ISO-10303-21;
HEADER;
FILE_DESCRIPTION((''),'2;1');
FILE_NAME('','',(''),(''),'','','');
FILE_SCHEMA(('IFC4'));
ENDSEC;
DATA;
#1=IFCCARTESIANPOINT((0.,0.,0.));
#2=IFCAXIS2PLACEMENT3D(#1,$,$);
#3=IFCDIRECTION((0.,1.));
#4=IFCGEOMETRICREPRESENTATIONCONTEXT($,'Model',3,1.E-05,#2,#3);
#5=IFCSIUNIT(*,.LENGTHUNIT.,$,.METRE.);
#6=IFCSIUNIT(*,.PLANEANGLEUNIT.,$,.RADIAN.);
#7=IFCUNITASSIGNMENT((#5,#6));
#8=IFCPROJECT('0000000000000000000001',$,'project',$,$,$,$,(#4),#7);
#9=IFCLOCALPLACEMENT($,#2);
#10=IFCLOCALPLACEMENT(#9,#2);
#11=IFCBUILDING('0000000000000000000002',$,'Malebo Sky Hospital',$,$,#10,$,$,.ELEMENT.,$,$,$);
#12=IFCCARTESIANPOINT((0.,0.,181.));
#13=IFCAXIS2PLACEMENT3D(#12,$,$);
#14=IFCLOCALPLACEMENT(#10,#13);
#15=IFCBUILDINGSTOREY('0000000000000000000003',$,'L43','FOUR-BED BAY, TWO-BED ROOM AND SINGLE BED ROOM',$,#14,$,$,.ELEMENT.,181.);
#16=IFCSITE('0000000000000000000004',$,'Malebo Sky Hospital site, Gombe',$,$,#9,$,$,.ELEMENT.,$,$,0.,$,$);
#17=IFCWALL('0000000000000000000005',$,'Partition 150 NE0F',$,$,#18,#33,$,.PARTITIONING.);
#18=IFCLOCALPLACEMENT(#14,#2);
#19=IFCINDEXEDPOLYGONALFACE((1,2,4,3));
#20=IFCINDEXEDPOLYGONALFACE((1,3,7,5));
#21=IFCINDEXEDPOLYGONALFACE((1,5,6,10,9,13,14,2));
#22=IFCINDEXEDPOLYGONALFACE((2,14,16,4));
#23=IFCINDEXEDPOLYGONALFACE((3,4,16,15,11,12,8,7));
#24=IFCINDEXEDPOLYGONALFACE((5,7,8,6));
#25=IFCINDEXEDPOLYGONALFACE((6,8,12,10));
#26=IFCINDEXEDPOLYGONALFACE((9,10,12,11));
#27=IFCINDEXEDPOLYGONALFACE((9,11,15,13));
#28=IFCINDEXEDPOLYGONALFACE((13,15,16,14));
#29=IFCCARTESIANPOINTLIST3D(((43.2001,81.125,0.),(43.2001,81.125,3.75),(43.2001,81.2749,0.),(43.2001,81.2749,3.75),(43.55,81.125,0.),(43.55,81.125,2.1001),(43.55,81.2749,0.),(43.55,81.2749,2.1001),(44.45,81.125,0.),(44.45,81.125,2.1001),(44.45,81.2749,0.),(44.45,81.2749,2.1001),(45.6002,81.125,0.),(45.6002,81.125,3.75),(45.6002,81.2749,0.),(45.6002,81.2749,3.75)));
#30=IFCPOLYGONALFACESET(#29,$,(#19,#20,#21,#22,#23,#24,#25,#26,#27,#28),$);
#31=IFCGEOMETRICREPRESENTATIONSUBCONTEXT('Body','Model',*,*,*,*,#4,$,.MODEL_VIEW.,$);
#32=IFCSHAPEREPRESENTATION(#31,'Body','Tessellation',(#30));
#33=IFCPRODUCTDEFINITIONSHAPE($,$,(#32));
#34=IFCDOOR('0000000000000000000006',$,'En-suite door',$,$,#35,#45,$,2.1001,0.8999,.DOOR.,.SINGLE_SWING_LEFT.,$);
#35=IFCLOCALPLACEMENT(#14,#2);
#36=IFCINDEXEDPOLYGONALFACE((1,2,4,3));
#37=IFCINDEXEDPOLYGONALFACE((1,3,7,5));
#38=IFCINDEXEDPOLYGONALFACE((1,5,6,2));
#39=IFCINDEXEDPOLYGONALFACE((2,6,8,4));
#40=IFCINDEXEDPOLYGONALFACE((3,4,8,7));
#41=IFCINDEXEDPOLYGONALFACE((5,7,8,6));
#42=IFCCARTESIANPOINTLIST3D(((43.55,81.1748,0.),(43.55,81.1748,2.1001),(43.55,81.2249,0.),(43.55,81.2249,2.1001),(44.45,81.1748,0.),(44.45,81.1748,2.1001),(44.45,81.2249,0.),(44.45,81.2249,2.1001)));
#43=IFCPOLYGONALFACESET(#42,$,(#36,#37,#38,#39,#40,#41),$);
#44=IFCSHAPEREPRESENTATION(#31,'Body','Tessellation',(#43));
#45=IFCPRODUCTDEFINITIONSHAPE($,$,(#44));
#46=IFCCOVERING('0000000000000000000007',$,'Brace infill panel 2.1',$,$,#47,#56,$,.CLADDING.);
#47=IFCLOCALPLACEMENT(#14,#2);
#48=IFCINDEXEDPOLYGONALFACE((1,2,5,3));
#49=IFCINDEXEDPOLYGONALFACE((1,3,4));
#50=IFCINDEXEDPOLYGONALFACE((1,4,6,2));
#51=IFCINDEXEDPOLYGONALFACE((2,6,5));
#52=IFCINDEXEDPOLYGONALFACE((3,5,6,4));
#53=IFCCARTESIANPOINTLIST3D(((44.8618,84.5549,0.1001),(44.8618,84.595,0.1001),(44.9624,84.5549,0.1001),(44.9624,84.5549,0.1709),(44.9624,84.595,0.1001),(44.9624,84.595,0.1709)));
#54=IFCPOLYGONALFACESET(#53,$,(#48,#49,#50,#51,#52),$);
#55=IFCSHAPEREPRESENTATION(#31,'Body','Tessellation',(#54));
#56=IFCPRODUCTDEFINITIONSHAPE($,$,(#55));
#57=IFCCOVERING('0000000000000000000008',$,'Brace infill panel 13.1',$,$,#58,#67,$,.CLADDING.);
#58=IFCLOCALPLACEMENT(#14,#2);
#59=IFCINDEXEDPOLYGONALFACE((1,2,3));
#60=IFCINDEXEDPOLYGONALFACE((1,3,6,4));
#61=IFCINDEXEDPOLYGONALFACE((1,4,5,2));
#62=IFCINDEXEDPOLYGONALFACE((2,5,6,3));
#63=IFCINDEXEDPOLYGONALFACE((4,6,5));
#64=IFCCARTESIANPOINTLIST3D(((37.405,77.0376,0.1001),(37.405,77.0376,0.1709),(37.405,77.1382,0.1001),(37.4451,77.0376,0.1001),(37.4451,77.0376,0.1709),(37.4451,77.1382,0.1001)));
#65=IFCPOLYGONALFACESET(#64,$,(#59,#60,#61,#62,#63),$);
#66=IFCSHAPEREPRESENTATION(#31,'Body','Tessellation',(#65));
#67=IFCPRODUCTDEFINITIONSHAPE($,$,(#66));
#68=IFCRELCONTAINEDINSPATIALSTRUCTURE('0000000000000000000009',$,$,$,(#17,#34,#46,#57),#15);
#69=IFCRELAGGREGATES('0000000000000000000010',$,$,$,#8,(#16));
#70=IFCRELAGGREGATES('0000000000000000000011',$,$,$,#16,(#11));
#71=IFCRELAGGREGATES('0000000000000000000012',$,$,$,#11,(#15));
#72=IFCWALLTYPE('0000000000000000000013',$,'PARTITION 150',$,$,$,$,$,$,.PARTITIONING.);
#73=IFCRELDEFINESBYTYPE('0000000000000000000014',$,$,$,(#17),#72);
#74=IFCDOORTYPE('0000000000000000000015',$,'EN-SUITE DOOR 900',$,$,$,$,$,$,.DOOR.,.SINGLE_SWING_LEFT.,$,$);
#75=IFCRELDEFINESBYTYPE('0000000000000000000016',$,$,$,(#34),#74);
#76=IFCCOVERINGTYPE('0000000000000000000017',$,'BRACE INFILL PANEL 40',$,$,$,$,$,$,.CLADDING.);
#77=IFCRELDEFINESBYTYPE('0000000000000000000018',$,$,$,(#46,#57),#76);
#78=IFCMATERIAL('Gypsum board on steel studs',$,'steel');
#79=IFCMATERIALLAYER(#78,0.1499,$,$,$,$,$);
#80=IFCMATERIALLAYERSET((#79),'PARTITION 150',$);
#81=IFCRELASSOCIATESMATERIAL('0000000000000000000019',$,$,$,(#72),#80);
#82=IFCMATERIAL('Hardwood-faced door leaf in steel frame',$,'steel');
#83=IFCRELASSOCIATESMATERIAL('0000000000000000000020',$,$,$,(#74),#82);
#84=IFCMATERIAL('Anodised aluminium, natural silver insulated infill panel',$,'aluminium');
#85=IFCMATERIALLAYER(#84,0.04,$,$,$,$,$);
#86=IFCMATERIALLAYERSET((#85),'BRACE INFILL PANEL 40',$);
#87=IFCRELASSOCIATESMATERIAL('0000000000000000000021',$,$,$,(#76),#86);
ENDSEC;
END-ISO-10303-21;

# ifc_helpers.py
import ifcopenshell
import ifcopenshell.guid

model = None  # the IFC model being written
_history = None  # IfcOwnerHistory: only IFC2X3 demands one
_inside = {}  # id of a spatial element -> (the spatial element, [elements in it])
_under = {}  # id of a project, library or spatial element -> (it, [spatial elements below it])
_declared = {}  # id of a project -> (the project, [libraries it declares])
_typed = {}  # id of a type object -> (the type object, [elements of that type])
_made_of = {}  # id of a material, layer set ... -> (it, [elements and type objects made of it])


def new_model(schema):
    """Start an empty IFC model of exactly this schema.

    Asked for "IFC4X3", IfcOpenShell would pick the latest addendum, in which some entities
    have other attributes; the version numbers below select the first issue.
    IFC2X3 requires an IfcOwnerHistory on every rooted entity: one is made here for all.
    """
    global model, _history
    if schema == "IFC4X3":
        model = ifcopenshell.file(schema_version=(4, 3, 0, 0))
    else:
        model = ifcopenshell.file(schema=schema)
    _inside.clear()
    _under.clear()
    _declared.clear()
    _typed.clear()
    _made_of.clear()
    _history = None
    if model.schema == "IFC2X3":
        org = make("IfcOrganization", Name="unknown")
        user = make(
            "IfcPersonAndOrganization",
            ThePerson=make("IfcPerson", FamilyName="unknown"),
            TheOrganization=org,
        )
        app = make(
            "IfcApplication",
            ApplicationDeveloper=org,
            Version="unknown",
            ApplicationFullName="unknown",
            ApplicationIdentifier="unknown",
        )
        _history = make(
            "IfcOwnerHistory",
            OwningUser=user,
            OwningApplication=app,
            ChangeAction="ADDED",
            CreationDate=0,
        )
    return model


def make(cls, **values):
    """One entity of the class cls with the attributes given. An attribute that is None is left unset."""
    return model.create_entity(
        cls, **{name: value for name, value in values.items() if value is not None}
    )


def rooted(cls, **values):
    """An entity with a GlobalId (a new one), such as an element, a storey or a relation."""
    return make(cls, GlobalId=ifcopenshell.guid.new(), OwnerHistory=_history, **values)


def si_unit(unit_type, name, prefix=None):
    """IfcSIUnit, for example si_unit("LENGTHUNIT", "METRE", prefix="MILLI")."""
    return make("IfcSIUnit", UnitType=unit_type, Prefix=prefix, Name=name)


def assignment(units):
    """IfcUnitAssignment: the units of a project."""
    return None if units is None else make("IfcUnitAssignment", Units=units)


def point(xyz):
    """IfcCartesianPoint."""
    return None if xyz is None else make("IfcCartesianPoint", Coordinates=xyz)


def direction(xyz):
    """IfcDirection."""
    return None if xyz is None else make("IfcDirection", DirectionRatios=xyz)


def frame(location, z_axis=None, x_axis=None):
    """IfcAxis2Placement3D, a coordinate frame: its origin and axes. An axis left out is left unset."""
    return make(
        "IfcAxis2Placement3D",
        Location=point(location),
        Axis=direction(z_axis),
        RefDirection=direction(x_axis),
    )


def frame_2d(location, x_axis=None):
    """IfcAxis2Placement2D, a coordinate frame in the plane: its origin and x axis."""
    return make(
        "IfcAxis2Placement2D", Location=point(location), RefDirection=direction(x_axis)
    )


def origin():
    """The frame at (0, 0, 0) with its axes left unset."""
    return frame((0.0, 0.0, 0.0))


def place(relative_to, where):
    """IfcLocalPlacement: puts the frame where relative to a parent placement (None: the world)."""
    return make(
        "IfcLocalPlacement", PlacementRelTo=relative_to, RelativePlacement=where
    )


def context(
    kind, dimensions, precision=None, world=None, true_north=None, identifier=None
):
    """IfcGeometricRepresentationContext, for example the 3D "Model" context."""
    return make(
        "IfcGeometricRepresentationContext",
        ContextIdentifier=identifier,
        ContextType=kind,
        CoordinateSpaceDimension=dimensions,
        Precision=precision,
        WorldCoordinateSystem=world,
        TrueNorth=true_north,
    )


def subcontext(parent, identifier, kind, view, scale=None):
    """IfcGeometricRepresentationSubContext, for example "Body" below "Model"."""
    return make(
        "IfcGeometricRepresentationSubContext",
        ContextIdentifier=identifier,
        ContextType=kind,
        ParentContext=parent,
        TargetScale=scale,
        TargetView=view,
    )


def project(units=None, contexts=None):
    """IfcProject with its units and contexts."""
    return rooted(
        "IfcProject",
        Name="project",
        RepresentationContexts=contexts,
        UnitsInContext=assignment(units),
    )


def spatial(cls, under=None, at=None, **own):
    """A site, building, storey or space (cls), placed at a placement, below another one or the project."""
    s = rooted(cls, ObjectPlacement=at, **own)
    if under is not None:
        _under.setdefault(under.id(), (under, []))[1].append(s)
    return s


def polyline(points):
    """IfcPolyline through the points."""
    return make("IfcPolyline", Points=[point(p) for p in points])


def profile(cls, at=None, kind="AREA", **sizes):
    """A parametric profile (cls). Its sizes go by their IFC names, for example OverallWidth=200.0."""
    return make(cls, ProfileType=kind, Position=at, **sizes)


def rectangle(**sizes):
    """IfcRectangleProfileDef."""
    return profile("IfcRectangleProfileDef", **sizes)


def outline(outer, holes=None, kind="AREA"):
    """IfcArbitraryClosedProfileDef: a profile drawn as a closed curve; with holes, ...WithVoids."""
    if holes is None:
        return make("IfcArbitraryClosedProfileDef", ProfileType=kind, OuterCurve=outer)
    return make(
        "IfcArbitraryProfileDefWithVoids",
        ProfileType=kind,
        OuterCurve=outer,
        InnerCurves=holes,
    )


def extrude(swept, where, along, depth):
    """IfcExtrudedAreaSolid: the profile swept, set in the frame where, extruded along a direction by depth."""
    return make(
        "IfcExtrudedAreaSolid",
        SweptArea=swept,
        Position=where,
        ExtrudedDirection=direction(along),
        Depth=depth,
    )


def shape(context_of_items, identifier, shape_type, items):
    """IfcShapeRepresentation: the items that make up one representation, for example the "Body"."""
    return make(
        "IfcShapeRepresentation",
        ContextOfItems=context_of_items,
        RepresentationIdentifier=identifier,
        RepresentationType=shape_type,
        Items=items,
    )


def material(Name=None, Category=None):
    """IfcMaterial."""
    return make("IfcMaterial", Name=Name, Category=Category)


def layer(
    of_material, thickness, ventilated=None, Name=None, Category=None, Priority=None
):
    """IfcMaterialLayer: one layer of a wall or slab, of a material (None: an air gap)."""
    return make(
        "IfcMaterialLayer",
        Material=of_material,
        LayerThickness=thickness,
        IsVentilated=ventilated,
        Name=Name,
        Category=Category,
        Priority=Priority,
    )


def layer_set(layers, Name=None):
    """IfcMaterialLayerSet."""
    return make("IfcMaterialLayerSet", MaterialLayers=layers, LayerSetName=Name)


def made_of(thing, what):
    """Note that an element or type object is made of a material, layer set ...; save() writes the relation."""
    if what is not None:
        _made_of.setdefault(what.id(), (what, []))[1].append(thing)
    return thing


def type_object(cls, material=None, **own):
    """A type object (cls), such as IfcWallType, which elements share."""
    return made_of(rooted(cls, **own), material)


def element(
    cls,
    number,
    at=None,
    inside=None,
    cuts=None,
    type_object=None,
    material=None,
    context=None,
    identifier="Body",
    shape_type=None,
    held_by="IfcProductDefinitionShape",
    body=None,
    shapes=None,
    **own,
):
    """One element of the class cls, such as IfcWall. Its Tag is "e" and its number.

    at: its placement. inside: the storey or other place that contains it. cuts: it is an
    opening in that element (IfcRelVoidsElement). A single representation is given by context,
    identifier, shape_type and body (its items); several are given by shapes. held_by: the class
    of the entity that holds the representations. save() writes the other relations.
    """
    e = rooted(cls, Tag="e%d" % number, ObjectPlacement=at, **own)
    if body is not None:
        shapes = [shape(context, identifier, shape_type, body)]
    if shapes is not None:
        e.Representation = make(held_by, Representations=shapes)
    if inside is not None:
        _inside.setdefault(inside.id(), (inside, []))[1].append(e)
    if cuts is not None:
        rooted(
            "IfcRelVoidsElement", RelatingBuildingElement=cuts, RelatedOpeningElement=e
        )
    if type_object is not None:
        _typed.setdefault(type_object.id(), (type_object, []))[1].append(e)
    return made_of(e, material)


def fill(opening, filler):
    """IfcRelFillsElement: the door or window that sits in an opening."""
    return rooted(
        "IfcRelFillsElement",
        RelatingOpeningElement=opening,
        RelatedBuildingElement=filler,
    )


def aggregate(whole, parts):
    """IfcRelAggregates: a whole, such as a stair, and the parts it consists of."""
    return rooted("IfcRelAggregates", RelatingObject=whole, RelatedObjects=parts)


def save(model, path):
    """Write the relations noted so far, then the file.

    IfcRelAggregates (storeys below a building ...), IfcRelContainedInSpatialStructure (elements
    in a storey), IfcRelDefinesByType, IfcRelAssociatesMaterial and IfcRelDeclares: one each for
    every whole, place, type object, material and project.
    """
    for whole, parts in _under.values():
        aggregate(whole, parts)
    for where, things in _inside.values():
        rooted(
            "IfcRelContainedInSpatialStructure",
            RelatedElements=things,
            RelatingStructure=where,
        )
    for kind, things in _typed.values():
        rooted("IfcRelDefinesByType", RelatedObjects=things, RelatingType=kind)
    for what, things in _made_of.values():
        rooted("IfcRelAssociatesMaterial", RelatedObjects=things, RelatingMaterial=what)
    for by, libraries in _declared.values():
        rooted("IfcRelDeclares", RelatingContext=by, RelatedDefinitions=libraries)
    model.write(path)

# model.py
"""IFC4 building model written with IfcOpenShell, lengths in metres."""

from ifc_helpers import new_model, si_unit, direction, frame, frame_2d, origin, place, context, subcontext, project, spatial, polyline, rectangle, outline, extrude, material, layer, layer_set, type_object, element, fill, save


model = new_model("IFC4")

# Units and contexts
model_context = context("Model", 3, precision=1e-05, world=origin(), true_north=direction((0.0, 1.0)))
body_context = subcontext(model_context, "Body", "Model", "MODEL_VIEW")
ifc_project = project(units=[si_unit("LENGTHUNIT", "METRE"), si_unit("PLANEANGLEUNIT", "RADIAN")], contexts=[model_context])

# Site, building, storey
site_placement = place(None, origin())
site = spatial("IfcSite", under=ifc_project, at=site_placement, Name="Malebo Sky Hospital site, Gombe", CompositionType="ELEMENT", RefElevation=0.0)
building_placement = place(site_placement, origin())
building = spatial("IfcBuilding", under=site, at=building_placement, Name="Malebo Sky Hospital", CompositionType="ELEMENT")
storey_placement = place(building_placement, frame((0.0, 0.0, 181.0)))
storey = spatial("IfcBuildingStorey", under=building, at=storey_placement, Name="L43", Description="FOUR-BED BAY, TWO-BED ROOM AND SINGLE BED ROOM", CompositionType="ELEMENT", Elevation=181.0)

# Shared definitions
ifc_material_1 = material(Name="Gypsum board on steel studs", Category="steel")
ifc_material_2 = material(Name="Hardwood-faced door leaf in steel frame", Category="steel")

# Shared definitions
ifc_layer_1 = layer(ifc_material_1, 0.1499)
ifc_layer_set_1 = layer_set([ifc_layer_1], Name="PARTITION 150")
wall_type_1 = type_object("IfcWallType", Name="PARTITION 150", PredefinedType="PARTITIONING", material=ifc_layer_set_1)

# Wall, opening, door
wall_1_placement = place(storey_placement, frame((43.2, 81.2, 0.0), z_axis=(0.0, 0.0, 1.0), x_axis=(1.0, 0.0, 0.0)))
wall_1 = element("IfcWall", 1, at=wall_1_placement, inside=storey, type_object=wall_type_1, Name="Partition 150 NE0F", PredefinedType="PARTITIONING", context=body_context, shape_type="SweptSolid", body=[
    extrude(rectangle(XDim=2.4001, YDim=0.1499, at=frame_2d((1.2002, 0.0))), origin(), (0.0, 0.0, 1.0), 3.75),
])
opening_1_placement = place(wall_1_placement, frame((0.3501, 0.0, 0.0)))
opening_1 = element("IfcOpeningElement", 2, at=opening_1_placement, cuts=wall_1, PredefinedType="OPENING", context=body_context, shape_type="SweptSolid", body=[
    extrude(rectangle(XDim=0.8999, YDim=2.1001, at=frame_2d((0.45, 1.05))), frame((0.0, 0.085, 0.0), z_axis=(0.0, -1.0, 0.0), x_axis=(1.0, 0.0, 0.0)), (0.0, 0.0, 1.0), 0.1699),
])
door_type_1 = type_object("IfcDoorType", Name="EN-SUITE DOOR 900", OperationType="SINGLE_SWING_LEFT", PredefinedType="DOOR", material=ifc_material_2)
door_1_placement = place(opening_1_placement, origin())
door_1 = element("IfcDoor", 3, at=door_1_placement, inside=storey, type_object=door_type_1, Name="En-suite door", OperationType="SINGLE_SWING_LEFT", OverallHeight=2.1001, OverallWidth=0.8999, PredefinedType="DOOR", context=body_context, shape_type="SweptSolid", body=[
    extrude(rectangle(XDim=0.8999, YDim=2.1001, at=frame_2d((0.45, 1.05))), frame((0.0, 0.0249, 0.0), z_axis=(0.0, -1.0, 0.0), x_axis=(1.0, 0.0, 0.0)), (0.0, 0.0, 1.0), 0.05),
])
fill(opening_1, door_1)

# Coverings
ifc_material_3 = material(Name="Anodised aluminium, natural silver insulated infill panel", Category="aluminium")
ifc_layer_2 = layer(ifc_material_3, 0.04)
ifc_layer_set_2 = layer_set([ifc_layer_2], Name="BRACE INFILL PANEL 40")
covering_type = type_object("IfcCoveringType", Name="BRACE INFILL PANEL 40", PredefinedType="CLADDING", material=ifc_layer_set_2)
covering_1_placement = place(storey_placement, frame((44.9121, 84.575, 0.1001), z_axis=(0.0, 0.0, 1.0), x_axis=(1.0, 0.0, 0.0)))
element("IfcCovering", 4, at=covering_1_placement, inside=storey, type_object=covering_type, Name="Brace infill panel 2.1", PredefinedType="CLADDING", context=body_context, shape_type="SweptSolid", body=[
    extrude(outline(polyline([(-0.0503, 0.0), (0.0503, 0.0), (0.0503, 0.0708), (-0.0503, 0.0)])), frame((0.0, 0.02, 0.0), z_axis=(0.0, -1.0, 0.0), x_axis=(1.0, 0.0, 0.0)), (0.0, 0.0, 1.0), 0.04),
])
covering_2_placement = place(storey_placement, frame((37.425, 77.0879, 0.1001), z_axis=(0.0, 0.0, 1.0), x_axis=(0.0, 1.0, 0.0)))
element("IfcCovering", 5, at=covering_2_placement, inside=storey, type_object=covering_type, Name="Brace infill panel 13.1", PredefinedType="CLADDING", context=body_context, shape_type="SweptSolid", body=[
    extrude(outline(polyline([(-0.0503, 0.0), (0.0503, 0.0), (-0.0503, 0.0708), (-0.0503, 0.0)])), frame((0.0, 0.02, 0.0), z_axis=(0.0, -1.0, 0.0), x_axis=(1.0, 0.0, 0.0)), (0.0, 0.0, 1.0), 0.04),
])

save(model, "model.ifc")
